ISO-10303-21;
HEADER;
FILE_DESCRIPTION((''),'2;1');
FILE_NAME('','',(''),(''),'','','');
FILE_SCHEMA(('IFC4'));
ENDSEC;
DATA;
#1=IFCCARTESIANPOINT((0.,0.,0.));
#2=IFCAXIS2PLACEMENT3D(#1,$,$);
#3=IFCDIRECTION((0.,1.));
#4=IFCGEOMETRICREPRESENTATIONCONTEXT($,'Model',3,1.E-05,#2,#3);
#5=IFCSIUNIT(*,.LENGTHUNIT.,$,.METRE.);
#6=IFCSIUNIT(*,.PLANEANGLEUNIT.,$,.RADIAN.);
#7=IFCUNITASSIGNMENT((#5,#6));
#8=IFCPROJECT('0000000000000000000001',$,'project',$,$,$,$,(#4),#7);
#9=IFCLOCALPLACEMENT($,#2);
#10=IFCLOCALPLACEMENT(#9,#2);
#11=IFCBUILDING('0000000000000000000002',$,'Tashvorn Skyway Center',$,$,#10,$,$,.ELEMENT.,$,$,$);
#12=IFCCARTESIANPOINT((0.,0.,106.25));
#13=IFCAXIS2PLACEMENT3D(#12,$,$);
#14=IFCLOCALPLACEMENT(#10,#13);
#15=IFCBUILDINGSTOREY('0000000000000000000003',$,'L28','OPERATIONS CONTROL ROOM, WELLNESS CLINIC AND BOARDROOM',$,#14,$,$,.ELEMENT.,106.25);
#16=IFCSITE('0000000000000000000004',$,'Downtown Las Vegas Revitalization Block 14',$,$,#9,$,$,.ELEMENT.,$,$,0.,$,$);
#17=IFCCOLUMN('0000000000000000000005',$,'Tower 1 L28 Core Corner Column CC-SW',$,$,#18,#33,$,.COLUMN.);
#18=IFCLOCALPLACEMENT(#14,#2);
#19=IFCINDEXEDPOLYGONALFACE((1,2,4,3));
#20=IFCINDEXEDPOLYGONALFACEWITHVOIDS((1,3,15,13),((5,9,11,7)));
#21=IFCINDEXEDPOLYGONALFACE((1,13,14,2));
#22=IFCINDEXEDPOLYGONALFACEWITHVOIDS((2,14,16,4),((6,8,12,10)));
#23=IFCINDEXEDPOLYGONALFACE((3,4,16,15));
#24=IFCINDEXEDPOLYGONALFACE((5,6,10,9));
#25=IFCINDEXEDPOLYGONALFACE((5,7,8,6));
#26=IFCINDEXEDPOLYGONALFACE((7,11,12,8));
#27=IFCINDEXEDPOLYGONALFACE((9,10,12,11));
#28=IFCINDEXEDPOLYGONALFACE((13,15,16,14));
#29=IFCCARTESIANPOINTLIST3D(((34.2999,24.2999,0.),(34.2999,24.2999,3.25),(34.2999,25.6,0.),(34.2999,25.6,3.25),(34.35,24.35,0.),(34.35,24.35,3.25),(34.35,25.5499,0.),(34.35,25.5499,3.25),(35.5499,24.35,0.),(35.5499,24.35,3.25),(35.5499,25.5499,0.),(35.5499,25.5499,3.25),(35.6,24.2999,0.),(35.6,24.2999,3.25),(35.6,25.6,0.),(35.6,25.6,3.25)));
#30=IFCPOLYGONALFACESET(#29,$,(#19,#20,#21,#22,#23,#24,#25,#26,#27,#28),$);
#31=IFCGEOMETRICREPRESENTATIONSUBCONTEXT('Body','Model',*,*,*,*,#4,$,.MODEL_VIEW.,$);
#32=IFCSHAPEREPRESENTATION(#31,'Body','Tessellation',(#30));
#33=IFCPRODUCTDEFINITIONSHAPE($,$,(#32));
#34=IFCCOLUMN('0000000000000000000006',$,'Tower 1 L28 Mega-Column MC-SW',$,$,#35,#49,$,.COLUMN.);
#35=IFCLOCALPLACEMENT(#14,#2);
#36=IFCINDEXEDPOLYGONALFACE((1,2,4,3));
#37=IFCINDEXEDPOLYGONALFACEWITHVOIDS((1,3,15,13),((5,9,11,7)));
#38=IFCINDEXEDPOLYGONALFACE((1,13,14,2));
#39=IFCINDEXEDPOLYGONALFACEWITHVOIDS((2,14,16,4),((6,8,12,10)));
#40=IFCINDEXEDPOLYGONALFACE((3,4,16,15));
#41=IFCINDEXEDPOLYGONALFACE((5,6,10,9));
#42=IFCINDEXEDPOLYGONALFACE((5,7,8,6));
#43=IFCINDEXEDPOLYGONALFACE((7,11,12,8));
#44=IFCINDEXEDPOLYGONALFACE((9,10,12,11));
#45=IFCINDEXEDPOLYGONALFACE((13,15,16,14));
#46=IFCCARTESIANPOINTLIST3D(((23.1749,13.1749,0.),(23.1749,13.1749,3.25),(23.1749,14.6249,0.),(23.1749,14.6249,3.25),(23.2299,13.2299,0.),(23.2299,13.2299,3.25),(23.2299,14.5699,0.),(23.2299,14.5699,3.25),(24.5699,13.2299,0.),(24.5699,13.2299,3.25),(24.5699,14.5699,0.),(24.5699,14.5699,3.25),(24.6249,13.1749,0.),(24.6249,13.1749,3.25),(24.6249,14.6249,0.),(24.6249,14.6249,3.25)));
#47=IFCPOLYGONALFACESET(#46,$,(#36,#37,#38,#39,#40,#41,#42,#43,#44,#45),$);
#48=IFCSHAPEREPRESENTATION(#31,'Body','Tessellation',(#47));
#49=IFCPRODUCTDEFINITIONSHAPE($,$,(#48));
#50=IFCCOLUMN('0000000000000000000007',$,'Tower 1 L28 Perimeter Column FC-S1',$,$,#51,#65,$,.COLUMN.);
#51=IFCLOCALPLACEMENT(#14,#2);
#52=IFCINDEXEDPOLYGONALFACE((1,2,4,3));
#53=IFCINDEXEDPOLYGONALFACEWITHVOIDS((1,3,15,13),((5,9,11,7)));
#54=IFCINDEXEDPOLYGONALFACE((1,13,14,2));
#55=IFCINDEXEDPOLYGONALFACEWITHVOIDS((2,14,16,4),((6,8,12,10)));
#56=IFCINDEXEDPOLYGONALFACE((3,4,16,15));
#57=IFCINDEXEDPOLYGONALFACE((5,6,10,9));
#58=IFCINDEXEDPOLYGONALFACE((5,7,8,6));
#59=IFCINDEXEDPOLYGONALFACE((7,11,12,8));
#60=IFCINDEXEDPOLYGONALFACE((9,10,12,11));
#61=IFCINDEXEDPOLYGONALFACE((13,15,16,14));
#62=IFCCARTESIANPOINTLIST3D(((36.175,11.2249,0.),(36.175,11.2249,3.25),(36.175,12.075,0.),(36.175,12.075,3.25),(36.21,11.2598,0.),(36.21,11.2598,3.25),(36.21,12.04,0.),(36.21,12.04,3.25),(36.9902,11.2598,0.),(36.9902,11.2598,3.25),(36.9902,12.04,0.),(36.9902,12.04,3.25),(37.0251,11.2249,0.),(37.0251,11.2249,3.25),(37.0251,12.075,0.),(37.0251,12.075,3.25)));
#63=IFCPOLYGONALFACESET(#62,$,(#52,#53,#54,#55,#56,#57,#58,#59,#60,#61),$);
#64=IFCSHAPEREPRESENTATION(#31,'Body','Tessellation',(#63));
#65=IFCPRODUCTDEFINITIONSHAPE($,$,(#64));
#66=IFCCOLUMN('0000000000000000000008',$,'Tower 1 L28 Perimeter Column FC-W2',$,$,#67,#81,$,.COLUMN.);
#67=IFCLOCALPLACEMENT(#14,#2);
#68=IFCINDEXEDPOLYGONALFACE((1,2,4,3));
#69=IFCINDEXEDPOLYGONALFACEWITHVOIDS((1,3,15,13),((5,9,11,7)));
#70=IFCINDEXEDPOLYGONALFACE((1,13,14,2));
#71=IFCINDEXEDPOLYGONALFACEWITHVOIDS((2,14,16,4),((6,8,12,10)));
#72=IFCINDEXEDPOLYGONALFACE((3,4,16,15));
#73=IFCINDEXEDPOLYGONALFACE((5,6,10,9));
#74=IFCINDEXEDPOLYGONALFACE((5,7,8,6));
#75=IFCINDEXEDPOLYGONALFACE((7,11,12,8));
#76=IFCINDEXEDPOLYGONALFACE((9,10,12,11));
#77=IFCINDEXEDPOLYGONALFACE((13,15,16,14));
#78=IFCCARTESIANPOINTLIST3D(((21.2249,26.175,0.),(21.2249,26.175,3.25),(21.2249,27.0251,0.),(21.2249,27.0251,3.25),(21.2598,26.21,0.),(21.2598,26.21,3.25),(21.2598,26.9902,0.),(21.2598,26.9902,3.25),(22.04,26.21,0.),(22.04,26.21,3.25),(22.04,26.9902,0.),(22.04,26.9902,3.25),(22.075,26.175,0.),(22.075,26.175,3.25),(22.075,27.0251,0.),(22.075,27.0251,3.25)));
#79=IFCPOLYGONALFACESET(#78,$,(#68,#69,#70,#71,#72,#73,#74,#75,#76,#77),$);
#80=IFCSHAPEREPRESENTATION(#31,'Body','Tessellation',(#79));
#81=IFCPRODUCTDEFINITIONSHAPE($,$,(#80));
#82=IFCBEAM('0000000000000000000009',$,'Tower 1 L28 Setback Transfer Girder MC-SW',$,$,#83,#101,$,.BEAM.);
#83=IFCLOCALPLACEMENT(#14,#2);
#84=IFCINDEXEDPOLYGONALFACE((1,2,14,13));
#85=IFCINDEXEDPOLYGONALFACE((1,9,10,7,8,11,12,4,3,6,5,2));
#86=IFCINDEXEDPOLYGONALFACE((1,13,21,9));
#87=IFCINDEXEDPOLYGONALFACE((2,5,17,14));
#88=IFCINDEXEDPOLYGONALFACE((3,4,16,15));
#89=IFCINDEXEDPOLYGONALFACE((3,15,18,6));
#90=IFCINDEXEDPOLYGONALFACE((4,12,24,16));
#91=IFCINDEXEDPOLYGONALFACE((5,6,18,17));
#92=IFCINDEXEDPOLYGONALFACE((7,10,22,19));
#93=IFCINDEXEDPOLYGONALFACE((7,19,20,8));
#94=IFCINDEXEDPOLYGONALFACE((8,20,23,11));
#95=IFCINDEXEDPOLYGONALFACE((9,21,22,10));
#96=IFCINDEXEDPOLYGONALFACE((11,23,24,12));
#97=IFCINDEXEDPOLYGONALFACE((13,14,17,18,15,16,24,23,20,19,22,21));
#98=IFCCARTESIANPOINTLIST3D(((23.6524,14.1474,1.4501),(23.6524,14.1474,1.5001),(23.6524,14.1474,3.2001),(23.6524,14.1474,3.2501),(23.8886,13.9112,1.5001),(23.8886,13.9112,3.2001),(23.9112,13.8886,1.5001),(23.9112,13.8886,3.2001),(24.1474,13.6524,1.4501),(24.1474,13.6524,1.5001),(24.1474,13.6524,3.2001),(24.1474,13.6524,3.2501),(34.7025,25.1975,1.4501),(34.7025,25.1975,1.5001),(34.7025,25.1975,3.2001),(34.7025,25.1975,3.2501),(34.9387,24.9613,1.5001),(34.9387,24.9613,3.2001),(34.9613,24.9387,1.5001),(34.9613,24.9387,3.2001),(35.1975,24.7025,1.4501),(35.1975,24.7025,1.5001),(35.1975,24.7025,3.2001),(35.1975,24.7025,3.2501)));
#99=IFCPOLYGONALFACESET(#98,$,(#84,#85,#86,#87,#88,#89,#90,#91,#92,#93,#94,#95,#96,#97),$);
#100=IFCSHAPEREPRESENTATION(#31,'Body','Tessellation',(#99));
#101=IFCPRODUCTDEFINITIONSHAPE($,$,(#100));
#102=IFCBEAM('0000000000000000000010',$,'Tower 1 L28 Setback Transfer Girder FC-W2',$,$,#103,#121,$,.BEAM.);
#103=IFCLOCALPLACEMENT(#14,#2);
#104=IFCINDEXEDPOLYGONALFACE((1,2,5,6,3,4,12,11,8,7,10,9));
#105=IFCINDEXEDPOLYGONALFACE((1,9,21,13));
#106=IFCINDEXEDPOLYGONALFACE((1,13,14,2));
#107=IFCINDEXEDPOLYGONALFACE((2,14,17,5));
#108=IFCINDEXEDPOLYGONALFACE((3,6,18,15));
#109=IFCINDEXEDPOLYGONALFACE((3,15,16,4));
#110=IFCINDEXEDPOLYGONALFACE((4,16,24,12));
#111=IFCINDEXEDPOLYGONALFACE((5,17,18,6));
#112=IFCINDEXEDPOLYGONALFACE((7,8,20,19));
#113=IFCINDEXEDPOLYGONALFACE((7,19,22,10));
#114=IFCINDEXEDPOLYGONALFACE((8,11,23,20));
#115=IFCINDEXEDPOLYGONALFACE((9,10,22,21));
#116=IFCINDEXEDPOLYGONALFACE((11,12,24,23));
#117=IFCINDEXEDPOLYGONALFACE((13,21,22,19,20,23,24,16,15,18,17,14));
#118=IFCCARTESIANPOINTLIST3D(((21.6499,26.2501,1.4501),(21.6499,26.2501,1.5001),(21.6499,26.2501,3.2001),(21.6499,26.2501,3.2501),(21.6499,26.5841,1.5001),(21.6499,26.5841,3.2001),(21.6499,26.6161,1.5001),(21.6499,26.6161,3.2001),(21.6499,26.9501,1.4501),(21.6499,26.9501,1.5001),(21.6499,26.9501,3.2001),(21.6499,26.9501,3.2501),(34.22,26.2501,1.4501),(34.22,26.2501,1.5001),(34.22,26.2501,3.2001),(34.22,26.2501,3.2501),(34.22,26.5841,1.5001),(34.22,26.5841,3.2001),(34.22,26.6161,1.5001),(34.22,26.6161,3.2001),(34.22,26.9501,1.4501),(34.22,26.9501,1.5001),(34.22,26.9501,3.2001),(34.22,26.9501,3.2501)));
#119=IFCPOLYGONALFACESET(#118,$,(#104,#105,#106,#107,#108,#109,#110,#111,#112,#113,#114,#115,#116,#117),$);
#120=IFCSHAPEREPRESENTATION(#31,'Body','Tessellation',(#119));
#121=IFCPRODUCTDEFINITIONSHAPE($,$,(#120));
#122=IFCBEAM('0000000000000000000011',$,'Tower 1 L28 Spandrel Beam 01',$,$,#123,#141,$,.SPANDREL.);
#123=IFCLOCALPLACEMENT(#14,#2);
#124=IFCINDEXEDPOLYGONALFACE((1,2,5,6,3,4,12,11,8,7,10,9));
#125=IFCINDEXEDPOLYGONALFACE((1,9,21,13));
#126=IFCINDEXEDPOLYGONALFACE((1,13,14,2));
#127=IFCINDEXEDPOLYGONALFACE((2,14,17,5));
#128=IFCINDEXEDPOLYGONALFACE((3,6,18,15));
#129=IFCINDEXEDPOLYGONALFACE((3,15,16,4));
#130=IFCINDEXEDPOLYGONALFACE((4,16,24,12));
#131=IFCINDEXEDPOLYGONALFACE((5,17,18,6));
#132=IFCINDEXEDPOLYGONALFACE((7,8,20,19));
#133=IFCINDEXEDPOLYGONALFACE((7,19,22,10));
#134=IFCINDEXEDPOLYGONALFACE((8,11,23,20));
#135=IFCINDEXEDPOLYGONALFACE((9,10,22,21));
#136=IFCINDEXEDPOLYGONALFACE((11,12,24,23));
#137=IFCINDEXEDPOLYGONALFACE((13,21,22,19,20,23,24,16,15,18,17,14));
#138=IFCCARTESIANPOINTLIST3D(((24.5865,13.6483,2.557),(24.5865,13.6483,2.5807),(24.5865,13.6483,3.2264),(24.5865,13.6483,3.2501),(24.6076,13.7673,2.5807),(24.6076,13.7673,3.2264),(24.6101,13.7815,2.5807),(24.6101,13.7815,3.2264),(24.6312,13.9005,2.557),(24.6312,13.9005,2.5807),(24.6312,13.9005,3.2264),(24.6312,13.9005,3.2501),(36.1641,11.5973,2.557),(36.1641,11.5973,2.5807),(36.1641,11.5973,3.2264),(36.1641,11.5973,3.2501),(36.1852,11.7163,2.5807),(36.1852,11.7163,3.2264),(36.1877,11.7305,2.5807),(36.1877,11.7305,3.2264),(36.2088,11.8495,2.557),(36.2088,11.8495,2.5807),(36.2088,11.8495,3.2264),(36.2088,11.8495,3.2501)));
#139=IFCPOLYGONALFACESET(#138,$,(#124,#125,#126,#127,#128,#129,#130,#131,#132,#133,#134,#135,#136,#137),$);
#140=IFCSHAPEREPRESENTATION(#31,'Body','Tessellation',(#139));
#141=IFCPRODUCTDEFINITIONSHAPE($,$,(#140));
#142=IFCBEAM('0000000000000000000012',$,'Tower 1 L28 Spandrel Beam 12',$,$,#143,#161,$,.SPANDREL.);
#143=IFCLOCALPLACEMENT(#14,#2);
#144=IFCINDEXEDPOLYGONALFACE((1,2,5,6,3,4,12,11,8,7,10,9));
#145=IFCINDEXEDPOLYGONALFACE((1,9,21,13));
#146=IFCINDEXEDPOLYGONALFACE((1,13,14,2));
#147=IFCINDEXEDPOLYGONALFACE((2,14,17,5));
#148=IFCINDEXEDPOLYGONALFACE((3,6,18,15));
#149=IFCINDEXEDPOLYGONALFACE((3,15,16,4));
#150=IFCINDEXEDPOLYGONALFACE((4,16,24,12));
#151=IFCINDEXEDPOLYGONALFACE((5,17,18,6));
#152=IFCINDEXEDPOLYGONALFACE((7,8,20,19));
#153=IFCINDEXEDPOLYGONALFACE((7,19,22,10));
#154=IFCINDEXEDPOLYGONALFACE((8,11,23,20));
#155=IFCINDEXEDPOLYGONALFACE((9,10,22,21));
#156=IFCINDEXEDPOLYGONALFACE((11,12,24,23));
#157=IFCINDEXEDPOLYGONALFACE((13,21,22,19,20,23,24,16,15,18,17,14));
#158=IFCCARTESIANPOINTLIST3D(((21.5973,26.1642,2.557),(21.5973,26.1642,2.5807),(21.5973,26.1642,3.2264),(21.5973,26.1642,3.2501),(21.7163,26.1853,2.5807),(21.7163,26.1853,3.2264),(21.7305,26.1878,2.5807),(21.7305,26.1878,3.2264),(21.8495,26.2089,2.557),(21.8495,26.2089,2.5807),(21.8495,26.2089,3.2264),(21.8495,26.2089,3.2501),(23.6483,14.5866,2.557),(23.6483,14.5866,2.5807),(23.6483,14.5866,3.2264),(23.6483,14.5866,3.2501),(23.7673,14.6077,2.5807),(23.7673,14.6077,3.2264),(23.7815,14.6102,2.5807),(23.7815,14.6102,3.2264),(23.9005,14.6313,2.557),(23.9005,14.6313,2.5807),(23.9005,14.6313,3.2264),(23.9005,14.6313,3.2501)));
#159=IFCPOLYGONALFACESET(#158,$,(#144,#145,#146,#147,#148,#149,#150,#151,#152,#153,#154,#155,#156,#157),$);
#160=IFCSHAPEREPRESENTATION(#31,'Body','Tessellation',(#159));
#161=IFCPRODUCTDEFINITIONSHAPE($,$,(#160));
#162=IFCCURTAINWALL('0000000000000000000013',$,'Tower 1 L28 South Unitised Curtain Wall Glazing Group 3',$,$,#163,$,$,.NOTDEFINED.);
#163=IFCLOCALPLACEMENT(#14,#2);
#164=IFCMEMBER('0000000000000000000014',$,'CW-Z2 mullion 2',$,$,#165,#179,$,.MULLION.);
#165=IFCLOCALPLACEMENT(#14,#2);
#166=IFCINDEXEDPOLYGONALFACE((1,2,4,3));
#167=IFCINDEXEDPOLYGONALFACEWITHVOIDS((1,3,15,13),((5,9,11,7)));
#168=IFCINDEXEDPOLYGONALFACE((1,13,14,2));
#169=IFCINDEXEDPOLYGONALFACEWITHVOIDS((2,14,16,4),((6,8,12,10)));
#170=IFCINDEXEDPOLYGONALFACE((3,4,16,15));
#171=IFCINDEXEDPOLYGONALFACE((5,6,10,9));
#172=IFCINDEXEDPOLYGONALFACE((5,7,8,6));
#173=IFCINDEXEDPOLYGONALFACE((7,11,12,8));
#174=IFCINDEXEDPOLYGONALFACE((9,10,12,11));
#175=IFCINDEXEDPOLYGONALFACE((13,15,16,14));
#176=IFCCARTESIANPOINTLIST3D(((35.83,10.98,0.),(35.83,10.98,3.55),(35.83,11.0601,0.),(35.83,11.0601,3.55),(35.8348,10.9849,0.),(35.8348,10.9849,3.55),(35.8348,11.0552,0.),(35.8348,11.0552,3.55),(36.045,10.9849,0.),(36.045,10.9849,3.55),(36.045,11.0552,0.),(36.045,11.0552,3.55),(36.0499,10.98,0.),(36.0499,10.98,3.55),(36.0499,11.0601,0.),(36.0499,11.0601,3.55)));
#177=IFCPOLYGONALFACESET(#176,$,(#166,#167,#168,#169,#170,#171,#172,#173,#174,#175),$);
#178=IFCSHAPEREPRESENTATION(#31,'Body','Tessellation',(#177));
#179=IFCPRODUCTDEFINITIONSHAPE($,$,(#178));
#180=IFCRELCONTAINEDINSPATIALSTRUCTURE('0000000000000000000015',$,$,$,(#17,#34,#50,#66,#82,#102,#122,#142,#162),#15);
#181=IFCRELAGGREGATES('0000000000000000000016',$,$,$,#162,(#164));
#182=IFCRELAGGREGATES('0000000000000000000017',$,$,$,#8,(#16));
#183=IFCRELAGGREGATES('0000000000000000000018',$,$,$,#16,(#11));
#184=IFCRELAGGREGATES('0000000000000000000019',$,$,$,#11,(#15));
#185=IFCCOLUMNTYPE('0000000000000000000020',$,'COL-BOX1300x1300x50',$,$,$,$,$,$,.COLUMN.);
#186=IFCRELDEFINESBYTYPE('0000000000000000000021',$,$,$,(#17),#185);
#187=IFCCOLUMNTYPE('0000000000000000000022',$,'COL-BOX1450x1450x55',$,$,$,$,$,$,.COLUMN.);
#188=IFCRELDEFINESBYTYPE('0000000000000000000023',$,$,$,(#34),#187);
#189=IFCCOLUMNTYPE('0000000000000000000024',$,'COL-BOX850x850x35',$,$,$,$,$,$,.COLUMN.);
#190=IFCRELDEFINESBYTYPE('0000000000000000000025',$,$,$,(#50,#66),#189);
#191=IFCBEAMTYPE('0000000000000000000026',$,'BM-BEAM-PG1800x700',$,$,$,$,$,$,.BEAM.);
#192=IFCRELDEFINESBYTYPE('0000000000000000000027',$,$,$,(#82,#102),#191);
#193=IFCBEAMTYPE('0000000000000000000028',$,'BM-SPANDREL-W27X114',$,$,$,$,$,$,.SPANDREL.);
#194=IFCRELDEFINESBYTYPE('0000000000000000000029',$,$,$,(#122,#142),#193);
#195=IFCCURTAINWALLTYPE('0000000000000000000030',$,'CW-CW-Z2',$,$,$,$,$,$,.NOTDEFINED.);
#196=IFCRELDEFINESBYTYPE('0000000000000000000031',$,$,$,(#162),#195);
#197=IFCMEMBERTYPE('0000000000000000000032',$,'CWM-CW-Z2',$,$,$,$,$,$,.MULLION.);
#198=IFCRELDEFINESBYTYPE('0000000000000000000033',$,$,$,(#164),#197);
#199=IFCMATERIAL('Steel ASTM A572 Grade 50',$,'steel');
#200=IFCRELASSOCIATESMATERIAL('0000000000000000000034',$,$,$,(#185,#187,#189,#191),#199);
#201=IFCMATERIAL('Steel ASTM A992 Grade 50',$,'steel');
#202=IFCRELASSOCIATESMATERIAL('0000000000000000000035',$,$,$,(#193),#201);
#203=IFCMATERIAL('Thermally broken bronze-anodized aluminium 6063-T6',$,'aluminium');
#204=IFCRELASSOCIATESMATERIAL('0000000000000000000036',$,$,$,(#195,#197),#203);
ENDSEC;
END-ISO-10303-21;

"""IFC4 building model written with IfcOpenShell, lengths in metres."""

from ifc_helpers import new_model, si_unit, direction, frame, origin, origin_2d, place, context, subcontext, project, spatial, hollow_rectangle, i_section, extrude, material, material_profile, profile_set, type_object, element, aggregate, save


model = new_model("IFC4")

# Units and contexts
model_context = context("Model", 3, precision=1e-05, world=origin(), true_north=direction((0.0, 1.0)))
body_context = subcontext(model_context, "Body", "Model", "MODEL_VIEW")
ifc_project = project(units=[si_unit("LENGTHUNIT", "METRE"), si_unit("PLANEANGLEUNIT", "RADIAN")], contexts=[model_context])

# Site, building, storey
site_placement = place(None, origin())
site = spatial("IfcSite", under=ifc_project, at=site_placement, Name="Downtown Las Vegas Revitalization Block 14", CompositionType="ELEMENT", RefElevation=0.0)
building_placement = place(site_placement, origin())
building = spatial("IfcBuilding", under=site, at=building_placement, Name="Tashvorn Skyway Center", CompositionType="ELEMENT")
storey_placement = place(building_placement, frame((0.0, 0.0, 106.25)))
storey = spatial("IfcBuildingStorey", under=building, at=storey_placement, Name="L28", Description="OPERATIONS CONTROL ROOM, WELLNESS CLINIC AND BOARDROOM", CompositionType="ELEMENT", Elevation=106.25)

# Columns
ifc_material_1 = material(Name="Steel ASTM A572 Grade 50", Category="steel")
ifc_material_profile_1 = material_profile(ifc_material_1, hollow_rectangle(XDim=1.3, YDim=1.3, WallThickness=0.05, at=origin_2d()), Name="BOX1300x1300x50")
ifc_profile_set_1 = profile_set([ifc_material_profile_1], Name="Steel ASTM A572 Grade 50")
column_type_1 = type_object("IfcColumnType", Name="COL-BOX1300x1300x50", PredefinedType="COLUMN", material=ifc_profile_set_1)
column_1_placement = place(storey_placement, frame((34.95, 24.95, 0.0), z_axis=(0.0, 0.0, 1.0), x_axis=(1.0, 0.0, 0.0)))
element("IfcColumn", 1, at=column_1_placement, inside=storey, type_object=column_type_1, Name="Tower 1 L28 Core Corner Column CC-SW", PredefinedType="COLUMN", context=body_context, shape_type="SweptSolid", body=[
    extrude(hollow_rectangle(XDim=1.3, YDim=1.3, WallThickness=0.05, at=origin_2d()), origin(), (0.0, 0.0, 1.0), 3.25),
])
ifc_material_profile_2 = material_profile(ifc_material_1, hollow_rectangle(XDim=1.45, YDim=1.45, WallThickness=0.0549, at=origin_2d()), Name="BOX1450x1450x55")
ifc_profile_set_2 = profile_set([ifc_material_profile_2], Name="Steel ASTM A572 Grade 50")
column_type_2 = type_object("IfcColumnType", Name="COL-BOX1450x1450x55", PredefinedType="COLUMN", material=ifc_profile_set_2)
column_2_placement = place(storey_placement, frame((23.8999, 13.8999, 0.0), z_axis=(0.0, 0.0, 1.0), x_axis=(1.0, 0.0, 0.0)))
element("IfcColumn", 2, at=column_2_placement, inside=storey, type_object=column_type_2, Name="Tower 1 L28 Mega-Column MC-SW", PredefinedType="COLUMN", context=body_context, shape_type="SweptSolid", body=[
    extrude(hollow_rectangle(XDim=1.45, YDim=1.45, WallThickness=0.0549, at=origin_2d()), origin(), (0.0, 0.0, 1.0), 3.25),
])
ifc_material_profile_3 = material_profile(ifc_material_1, hollow_rectangle(XDim=0.8501, YDim=0.8501, WallThickness=0.0349, at=origin_2d()), Name="BOX850x850x35")
ifc_profile_set_3 = profile_set([ifc_material_profile_3], Name="Steel ASTM A572 Grade 50")
column_type_3 = type_object("IfcColumnType", Name="COL-BOX850x850x35", PredefinedType="COLUMN", material=ifc_profile_set_3)
for number, where, z_axis, x_axis, name in (
    (3, (36.6001, 11.6499, 0.0), (0.0, 0.0, 1.0), (1.0, 0.0, 0.0), "Tower 1 L28 Perimeter Column FC-S1"),
    (4, (21.6499, 26.6001, 0.0), (0.0, 0.0, 1.0), (1.0, 0.0, 0.0), "Tower 1 L28 Perimeter Column FC-W2"),
):
    element("IfcColumn", number, at=place(storey_placement, frame(where, z_axis=z_axis, x_axis=x_axis)), inside=storey, type_object=column_type_3, Name=name, PredefinedType="COLUMN", context=body_context, shape_type="SweptSolid", body=[
        extrude(hollow_rectangle(XDim=0.8501, YDim=0.8501, WallThickness=0.0349, at=origin_2d()), origin(), (0.0, 0.0, 1.0), 3.25),
    ])

# Beams
ifc_material_profile_4 = material_profile(ifc_material_1, i_section(OverallWidth=0.7, OverallDepth=1.8, WebThickness=0.032, FlangeThickness=0.05, at=origin_2d()), Name="PG1800x700")
ifc_profile_set_4 = profile_set([ifc_material_profile_4], Name="Steel ASTM A572 Grade 50")
beam_type_1 = type_object("IfcBeamType", Name="BM-BEAM-PG1800x700", PredefinedType="BEAM", material=ifc_profile_set_4)
beam_1_placement = place(storey_placement, frame((23.8999, 13.8999, 2.3501), z_axis=(0.707107, 0.707107, 0.0), x_axis=(-0.707107, 0.707107, 0.0)))
element("IfcBeam", 5, at=beam_1_placement, inside=storey, type_object=beam_type_1, Name="Tower 1 L28 Setback Transfer Girder MC-SW", PredefinedType="BEAM", context=body_context, shape_type="SweptSolid", body=[
    extrude(i_section(OverallWidth=0.7, OverallDepth=1.8, WebThickness=0.032, FlangeThickness=0.05, at=origin_2d()), origin(), (0.0, 0.0, 1.0), 15.6272),
])
beam_2_placement = place(storey_placement, frame((21.6499, 26.6001, 2.3501), z_axis=(1.0, 0.0, 0.0), x_axis=(0.0, 1.0, 0.0)))
element("IfcBeam", 6, at=beam_2_placement, inside=storey, type_object=beam_type_1, Name="Tower 1 L28 Setback Transfer Girder FC-W2", PredefinedType="BEAM", context=body_context, shape_type="SweptSolid", body=[
    extrude(i_section(OverallWidth=0.7, OverallDepth=1.8, WebThickness=0.032, FlangeThickness=0.05, at=origin_2d()), origin(), (0.0, 0.0, 1.0), 12.5701),
])
ifc_material_2 = material(Name="Steel ASTM A992 Grade 50", Category="steel")
ifc_material_profile_5 = material_profile(ifc_material_2, i_section(OverallWidth=0.2561, OverallDepth=0.6931, WebThickness=0.0144, FlangeThickness=0.0237, at=origin_2d()), Name="W27X114")
ifc_profile_set_5 = profile_set([ifc_material_profile_5], Name="Steel ASTM A992 Grade 50")
beam_type_2 = type_object("IfcBeamType", Name="BM-SPANDREL-W27X114", PredefinedType="SPANDREL", material=ifc_profile_set_5)
for number, where, z_axis, x_axis, name in (
    (7, (24.6089, 13.7744, 2.9036), (0.984668, -0.174438, 0.0), (0.174438, 0.984668, 0.0), "Tower 1 L28 Spandrel Beam 01"),
    (8, (21.7234, 26.1865, 2.9036), (0.174438, -0.984668, 0.0), (0.984668, 0.174438, 0.0), "Tower 1 L28 Spandrel Beam 12"),
):
    element("IfcBeam", number, at=place(storey_placement, frame(where, z_axis=z_axis, x_axis=x_axis)), inside=storey, type_object=beam_type_2, Name=name, PredefinedType="SPANDREL", context=body_context, shape_type="SweptSolid", body=[
        extrude(i_section(OverallWidth=0.2561, OverallDepth=0.6931, WebThickness=0.0144, FlangeThickness=0.0237, at=origin_2d()), origin(), (0.0, 0.0, 1.0), 11.7578),
    ])

# Curtain wall, member
ifc_material_3 = material(Name="Thermally broken bronze-anodized aluminium 6063-T6", Category="aluminium")
curtain_wall_type = type_object("IfcCurtainWallType", Name="CW-CW-Z2", PredefinedType="NOTDEFINED", material=ifc_material_3)
curtain_wall_1_placement = place(storey_placement, origin())
curtain_wall_1 = element("IfcCurtainWall", 9, at=curtain_wall_1_placement, inside=storey, type_object=curtain_wall_type, Name="Tower 1 L28 South Unitised Curtain Wall Glazing Group 3", PredefinedType="NOTDEFINED")
ifc_material_profile_6 = material_profile(ifc_material_3, hollow_rectangle(XDim=0.0801, YDim=0.22, WallThickness=0.0049, at=origin_2d()), Name="ALU-MULL-80x220")
ifc_profile_set_6 = profile_set([ifc_material_profile_6], Name="Thermally broken bronze-anodized aluminium 6063-T6")
member_type_1 = type_object("IfcMemberType", Name="CWM-CW-Z2", PredefinedType="MULLION", material=ifc_profile_set_6)
member_1_placement = place(storey_placement, frame((35.9399, 11.02, 0.0), z_axis=(0.0, 0.0, 1.0), x_axis=(0.0, -1.0, 0.0)))
member_1 = element("IfcMember", 10, at=member_1_placement, type_object=member_type_1, Name="CW-Z2 mullion 2", PredefinedType="MULLION", context=body_context, shape_type="SweptSolid", body=[
    extrude(hollow_rectangle(XDim=0.0801, YDim=0.22, WallThickness=0.0049, at=origin_2d()), origin(), (0.0, 0.0, 1.0), 3.55),
])

aggregate(curtain_wall_1, [member_1])

save(model, "model.ifc")
